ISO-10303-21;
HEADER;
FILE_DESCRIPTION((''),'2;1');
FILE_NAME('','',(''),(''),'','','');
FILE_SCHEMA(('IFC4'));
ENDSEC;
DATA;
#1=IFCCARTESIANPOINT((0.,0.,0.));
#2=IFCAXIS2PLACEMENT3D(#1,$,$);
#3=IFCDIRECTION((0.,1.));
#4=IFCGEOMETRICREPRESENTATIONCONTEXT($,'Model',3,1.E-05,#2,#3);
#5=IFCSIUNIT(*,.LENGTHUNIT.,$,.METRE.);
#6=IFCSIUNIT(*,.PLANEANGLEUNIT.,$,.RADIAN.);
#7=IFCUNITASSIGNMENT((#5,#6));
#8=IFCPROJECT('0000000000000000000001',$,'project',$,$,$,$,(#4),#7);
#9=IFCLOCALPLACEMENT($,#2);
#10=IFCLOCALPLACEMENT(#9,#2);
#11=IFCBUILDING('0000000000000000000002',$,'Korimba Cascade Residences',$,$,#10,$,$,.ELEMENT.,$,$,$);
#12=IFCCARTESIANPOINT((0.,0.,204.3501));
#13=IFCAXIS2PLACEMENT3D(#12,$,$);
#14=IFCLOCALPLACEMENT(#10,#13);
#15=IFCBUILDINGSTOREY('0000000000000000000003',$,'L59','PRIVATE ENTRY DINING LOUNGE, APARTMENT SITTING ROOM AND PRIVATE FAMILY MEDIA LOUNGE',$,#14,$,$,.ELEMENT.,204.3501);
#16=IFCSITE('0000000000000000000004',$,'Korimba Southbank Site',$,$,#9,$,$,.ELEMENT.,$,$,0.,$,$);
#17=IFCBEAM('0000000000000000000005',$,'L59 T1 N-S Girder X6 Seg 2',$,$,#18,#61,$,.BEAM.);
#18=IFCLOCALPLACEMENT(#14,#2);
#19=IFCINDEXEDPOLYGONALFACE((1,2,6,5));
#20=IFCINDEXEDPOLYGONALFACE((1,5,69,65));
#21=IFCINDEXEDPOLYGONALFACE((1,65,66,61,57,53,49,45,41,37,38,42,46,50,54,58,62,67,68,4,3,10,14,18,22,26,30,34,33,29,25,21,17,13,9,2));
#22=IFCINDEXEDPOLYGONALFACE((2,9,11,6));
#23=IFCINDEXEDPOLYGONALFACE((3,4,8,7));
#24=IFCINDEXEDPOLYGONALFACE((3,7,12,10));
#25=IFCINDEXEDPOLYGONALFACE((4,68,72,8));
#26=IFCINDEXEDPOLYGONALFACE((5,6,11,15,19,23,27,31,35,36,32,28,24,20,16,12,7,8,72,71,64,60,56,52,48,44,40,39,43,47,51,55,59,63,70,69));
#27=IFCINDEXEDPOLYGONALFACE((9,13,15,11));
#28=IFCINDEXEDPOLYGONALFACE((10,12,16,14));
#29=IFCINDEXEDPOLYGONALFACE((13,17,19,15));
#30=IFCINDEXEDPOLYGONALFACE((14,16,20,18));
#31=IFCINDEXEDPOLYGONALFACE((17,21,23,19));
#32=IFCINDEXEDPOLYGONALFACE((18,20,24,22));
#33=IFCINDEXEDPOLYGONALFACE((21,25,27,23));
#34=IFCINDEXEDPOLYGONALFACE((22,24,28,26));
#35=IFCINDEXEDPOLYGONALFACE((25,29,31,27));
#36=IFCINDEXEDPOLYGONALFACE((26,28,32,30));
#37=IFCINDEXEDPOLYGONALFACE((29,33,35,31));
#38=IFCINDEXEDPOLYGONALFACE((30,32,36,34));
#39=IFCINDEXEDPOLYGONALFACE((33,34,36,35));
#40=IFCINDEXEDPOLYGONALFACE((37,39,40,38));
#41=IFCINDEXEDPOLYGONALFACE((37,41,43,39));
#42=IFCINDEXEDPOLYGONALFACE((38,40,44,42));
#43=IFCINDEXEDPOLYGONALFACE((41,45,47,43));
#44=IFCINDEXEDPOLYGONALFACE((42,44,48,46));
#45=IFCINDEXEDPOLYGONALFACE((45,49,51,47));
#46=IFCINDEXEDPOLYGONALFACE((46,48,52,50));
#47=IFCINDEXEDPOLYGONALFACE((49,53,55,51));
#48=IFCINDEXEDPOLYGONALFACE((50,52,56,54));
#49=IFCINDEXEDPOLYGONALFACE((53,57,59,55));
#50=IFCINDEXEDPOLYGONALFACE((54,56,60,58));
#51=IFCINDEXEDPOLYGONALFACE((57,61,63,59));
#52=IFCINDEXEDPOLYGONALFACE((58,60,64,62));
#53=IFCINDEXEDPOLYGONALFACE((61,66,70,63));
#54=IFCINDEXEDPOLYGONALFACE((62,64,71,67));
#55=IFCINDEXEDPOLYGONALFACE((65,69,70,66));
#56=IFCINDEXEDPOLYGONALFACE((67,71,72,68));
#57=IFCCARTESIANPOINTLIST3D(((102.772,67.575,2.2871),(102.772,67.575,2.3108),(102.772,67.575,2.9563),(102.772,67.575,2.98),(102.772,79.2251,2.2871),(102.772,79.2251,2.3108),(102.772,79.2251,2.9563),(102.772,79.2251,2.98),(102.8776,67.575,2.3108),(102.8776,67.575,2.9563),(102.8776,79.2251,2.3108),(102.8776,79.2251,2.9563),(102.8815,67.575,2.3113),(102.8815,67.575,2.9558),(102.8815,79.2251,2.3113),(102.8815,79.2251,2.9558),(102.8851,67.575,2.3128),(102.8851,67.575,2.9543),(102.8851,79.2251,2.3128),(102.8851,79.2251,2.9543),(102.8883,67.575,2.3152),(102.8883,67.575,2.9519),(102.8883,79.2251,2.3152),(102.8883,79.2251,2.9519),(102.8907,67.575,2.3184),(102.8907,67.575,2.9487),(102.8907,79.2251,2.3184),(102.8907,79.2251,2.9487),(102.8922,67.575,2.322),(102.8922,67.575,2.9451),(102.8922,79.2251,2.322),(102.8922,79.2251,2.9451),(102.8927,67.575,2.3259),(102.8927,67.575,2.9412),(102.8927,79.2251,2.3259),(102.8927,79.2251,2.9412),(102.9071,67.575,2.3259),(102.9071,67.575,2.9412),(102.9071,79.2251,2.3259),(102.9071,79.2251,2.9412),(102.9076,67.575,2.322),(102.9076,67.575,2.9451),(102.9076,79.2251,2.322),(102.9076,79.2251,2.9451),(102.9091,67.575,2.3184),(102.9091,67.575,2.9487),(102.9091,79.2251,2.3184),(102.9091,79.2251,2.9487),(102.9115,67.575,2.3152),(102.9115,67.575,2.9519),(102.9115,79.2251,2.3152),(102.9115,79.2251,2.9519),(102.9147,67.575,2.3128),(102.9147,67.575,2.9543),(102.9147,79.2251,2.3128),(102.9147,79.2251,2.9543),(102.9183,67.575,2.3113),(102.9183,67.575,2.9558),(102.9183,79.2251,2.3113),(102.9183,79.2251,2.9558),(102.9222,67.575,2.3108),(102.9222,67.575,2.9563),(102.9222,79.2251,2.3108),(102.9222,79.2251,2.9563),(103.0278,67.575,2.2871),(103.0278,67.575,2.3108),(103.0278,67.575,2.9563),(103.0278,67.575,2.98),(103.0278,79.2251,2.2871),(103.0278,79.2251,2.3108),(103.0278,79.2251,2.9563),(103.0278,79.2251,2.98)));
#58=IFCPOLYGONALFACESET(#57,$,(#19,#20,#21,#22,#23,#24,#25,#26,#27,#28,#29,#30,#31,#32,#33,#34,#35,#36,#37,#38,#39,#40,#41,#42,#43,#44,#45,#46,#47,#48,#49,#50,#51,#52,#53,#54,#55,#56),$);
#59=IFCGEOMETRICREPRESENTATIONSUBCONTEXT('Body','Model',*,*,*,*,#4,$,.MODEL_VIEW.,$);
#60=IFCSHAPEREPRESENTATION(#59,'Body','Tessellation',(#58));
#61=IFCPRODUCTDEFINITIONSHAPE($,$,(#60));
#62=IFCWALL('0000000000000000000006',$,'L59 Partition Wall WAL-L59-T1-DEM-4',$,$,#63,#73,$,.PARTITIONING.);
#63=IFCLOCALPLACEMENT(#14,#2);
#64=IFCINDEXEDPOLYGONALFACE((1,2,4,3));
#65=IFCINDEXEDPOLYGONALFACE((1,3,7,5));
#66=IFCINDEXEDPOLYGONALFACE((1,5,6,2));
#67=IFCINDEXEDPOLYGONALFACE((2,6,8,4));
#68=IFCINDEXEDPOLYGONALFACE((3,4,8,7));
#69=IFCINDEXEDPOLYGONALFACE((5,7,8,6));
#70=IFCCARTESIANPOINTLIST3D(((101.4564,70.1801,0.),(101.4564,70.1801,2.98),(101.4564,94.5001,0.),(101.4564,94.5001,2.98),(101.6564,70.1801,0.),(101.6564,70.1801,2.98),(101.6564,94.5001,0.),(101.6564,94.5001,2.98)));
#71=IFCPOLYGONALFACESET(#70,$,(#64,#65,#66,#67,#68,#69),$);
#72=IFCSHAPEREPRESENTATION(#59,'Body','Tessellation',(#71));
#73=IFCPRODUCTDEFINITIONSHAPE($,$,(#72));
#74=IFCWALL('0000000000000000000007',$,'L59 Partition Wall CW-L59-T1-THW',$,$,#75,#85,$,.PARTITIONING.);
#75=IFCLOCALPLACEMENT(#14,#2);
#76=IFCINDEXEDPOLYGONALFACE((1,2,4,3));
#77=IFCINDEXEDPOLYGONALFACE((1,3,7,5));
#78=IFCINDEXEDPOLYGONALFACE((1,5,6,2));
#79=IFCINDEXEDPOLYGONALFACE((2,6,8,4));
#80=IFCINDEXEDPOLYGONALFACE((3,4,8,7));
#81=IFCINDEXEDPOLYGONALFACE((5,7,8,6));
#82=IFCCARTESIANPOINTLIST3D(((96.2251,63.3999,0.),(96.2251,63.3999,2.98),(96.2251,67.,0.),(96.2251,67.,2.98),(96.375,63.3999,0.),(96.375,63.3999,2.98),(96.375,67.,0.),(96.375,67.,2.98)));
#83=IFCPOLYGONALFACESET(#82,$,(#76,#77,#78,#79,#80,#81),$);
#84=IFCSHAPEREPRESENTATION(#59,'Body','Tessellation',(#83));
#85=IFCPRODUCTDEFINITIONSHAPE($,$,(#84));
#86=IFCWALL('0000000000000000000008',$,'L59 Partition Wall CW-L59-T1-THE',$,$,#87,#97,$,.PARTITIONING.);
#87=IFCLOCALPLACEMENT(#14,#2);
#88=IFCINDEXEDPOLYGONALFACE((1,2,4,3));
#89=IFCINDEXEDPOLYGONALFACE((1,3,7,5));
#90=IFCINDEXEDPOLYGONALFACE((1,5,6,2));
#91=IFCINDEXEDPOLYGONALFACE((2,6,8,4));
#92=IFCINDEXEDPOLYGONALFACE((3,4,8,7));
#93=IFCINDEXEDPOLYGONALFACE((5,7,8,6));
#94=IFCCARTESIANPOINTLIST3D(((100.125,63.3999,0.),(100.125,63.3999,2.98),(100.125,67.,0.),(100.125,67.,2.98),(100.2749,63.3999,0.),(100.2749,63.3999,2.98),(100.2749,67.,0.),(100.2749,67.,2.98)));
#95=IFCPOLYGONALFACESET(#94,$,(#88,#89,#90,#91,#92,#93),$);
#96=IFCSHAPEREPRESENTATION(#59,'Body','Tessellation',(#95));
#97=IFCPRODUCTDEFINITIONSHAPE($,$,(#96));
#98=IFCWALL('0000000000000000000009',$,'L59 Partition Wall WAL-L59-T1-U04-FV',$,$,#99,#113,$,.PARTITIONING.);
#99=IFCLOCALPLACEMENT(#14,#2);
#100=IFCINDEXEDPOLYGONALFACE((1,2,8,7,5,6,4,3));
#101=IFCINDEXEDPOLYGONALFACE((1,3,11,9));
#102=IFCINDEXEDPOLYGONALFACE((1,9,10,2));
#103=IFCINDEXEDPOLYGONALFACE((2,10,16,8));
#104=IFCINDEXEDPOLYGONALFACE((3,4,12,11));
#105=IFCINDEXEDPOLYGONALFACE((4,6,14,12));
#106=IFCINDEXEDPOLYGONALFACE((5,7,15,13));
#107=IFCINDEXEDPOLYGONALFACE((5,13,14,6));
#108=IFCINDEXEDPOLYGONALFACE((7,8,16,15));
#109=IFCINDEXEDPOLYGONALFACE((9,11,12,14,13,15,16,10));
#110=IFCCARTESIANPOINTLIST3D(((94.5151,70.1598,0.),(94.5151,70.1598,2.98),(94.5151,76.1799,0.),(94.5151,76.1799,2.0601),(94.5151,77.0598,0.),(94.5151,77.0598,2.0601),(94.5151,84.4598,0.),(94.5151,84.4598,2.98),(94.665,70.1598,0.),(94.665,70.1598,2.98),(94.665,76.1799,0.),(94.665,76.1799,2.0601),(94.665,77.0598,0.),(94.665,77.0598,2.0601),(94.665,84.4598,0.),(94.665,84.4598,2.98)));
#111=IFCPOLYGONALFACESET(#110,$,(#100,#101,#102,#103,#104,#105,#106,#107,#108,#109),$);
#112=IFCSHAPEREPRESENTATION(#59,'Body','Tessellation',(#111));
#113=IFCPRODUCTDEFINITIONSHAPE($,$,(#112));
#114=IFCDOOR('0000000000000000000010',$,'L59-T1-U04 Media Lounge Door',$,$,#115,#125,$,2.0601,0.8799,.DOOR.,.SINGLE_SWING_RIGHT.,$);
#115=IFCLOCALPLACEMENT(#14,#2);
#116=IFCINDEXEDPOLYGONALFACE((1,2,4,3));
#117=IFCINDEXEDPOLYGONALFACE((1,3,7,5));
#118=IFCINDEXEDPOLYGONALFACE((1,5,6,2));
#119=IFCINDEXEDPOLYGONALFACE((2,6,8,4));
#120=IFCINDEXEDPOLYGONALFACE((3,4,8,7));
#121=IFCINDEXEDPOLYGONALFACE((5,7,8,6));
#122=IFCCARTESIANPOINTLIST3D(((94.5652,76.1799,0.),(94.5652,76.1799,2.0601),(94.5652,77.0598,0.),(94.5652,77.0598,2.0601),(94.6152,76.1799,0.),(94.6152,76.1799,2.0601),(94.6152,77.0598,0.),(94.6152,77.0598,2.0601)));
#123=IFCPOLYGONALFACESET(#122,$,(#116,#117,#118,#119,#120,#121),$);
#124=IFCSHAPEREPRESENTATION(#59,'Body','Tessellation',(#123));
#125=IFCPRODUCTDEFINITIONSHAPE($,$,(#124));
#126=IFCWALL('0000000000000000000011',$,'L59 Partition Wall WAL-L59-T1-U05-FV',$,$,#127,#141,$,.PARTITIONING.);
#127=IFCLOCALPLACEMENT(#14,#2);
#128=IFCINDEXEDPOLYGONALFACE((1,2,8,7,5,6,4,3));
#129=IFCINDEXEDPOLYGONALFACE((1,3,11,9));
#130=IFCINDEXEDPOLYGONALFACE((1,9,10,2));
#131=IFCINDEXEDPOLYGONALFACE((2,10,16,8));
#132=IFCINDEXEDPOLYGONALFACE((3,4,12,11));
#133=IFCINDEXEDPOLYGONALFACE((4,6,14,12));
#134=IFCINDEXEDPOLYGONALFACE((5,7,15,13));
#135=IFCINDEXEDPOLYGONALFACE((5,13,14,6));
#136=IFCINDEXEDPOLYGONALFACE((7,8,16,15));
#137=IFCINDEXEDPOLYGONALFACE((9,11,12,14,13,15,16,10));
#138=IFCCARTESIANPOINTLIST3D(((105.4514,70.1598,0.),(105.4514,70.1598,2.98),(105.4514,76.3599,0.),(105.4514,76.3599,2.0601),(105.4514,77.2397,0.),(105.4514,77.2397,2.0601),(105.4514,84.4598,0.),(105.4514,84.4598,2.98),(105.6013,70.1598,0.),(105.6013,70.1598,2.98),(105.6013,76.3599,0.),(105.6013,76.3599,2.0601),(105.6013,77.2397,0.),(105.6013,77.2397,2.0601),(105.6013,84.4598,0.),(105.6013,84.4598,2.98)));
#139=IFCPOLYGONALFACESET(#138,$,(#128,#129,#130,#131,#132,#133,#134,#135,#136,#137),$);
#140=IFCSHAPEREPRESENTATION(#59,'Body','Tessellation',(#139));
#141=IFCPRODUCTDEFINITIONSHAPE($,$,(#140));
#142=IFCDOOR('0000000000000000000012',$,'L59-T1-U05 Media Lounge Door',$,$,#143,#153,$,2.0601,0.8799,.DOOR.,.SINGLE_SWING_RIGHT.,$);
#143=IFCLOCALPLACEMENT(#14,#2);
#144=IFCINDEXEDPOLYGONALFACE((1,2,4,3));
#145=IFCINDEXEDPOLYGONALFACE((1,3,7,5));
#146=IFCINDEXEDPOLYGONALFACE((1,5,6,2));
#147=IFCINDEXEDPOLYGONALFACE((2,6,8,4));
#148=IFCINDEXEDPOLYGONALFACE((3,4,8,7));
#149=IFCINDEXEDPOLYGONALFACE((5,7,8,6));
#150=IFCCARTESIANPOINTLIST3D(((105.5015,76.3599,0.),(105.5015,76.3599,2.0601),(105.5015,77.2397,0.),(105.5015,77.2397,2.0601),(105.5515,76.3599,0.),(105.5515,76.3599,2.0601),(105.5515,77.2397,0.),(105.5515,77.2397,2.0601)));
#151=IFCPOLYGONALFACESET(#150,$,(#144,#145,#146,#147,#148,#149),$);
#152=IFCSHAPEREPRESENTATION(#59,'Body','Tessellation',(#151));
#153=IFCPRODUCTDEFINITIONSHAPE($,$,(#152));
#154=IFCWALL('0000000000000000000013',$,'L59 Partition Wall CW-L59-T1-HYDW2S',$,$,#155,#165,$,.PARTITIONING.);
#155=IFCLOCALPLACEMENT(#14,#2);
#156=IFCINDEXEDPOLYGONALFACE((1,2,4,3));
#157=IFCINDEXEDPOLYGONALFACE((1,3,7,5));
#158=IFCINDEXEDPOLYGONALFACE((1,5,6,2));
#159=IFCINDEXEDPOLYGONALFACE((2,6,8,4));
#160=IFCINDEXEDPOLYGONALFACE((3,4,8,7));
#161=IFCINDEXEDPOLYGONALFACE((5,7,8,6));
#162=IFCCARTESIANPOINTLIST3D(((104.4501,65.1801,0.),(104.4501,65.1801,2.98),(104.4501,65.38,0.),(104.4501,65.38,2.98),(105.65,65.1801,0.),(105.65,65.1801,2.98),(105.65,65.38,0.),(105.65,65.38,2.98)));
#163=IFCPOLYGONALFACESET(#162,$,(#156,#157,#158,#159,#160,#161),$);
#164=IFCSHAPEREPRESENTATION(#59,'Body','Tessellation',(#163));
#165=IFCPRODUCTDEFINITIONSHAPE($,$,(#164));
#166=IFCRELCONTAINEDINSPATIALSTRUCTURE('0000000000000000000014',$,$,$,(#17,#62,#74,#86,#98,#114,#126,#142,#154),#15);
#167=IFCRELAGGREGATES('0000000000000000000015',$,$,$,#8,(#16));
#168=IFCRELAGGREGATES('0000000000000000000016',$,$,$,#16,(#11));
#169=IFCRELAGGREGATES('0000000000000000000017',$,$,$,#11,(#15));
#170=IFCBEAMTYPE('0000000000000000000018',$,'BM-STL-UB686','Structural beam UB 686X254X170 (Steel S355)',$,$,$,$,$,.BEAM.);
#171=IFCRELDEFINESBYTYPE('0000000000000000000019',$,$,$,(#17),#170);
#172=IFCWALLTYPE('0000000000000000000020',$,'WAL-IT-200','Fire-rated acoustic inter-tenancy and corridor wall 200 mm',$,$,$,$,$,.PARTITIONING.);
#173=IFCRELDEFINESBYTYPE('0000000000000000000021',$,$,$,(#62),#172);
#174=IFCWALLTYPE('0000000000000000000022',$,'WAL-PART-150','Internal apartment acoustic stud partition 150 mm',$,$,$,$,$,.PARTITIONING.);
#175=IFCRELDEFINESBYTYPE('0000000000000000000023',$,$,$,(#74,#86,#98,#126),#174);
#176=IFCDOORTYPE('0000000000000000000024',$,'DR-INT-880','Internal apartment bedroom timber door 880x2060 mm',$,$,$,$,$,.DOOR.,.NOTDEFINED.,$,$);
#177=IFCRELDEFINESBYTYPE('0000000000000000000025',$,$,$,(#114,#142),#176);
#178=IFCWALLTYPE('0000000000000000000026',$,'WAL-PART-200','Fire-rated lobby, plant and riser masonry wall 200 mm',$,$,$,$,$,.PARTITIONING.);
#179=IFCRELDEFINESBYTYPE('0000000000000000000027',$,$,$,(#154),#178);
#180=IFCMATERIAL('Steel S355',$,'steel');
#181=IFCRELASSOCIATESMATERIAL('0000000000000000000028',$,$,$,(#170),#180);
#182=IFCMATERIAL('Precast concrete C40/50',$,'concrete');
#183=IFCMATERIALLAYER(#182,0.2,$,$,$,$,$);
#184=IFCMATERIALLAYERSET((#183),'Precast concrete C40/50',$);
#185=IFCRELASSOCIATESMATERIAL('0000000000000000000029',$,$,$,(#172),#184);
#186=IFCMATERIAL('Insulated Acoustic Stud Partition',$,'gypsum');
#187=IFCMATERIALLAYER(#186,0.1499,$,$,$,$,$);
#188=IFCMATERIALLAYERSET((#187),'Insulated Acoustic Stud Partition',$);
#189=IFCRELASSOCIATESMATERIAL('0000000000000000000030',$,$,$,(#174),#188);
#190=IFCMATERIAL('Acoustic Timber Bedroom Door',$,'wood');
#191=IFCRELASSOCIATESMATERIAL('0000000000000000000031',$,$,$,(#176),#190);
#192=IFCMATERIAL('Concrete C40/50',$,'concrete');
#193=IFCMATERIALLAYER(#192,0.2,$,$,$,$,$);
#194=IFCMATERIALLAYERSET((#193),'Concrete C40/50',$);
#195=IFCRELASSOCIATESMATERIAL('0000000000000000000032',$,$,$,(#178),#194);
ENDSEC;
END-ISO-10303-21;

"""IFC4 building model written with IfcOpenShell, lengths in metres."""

from ifc_helpers import new_model, si_unit, direction, frame, frame_2d, origin, origin_2d, place, context, subcontext, project, spatial, rectangle, i_section, extrude, material, layer, layer_set, material_profile, profile_set, type_object, element, fill, save


model = new_model("IFC4")

# Units and contexts
model_context = context("Model", 3, precision=1e-05, world=origin(), true_north=direction((0.0, 1.0)))
body_context = subcontext(model_context, "Body", "Model", "MODEL_VIEW")
ifc_project = project(units=[si_unit("LENGTHUNIT", "METRE"), si_unit("PLANEANGLEUNIT", "RADIAN")], contexts=[model_context])

# Site, building, storey
site_placement = place(None, origin())
site = spatial("IfcSite", under=ifc_project, at=site_placement, Name="Korimba Southbank Site", CompositionType="ELEMENT", RefElevation=0.0)
building_placement = place(site_placement, origin())
building = spatial("IfcBuilding", under=site, at=building_placement, Name="Korimba Cascade Residences", CompositionType="ELEMENT")
storey_placement = place(building_placement, frame((0.0, 0.0, 204.3501)))
storey = spatial("IfcBuildingStorey", under=building, at=storey_placement, Name="L59", Description="PRIVATE ENTRY DINING LOUNGE, APARTMENT SITTING ROOM AND PRIVATE FAMILY MEDIA LOUNGE", CompositionType="ELEMENT", Elevation=204.3501)

# Beam
ifc_material_1 = material(Name="Steel S355", Category="steel")
ifc_material_profile_1 = material_profile(ifc_material_1, i_section(OverallWidth=0.2559, OverallDepth=0.6929, WebThickness=0.0144, FlangeThickness=0.0237, FilletRadius=0.0151, at=origin_2d()), Name="Steel S355")
ifc_profile_set_1 = profile_set([ifc_material_profile_1], Name="Steel S355")
beam_type = type_object("IfcBeamType", Name="BM-STL-UB686", Description="Structural beam UB 686X254X170 (Steel S355)", PredefinedType="BEAM", material=ifc_profile_set_1)
beam_1_placement = place(storey_placement, frame((102.8999, 67.575, 2.6335), z_axis=(0.0, 1.0, 0.0), x_axis=(-1.0, 0.0, 0.0)))
element("IfcBeam", 1, at=beam_1_placement, inside=storey, type_object=beam_type, Name="L59 T1 N-S Girder X6 Seg 2", PredefinedType="BEAM", context=body_context, shape_type="SweptSolid", body=[
    extrude(i_section(OverallWidth=0.2559, OverallDepth=0.6929, WebThickness=0.0144, FlangeThickness=0.0237, FilletRadius=0.0151, at=origin_2d()), origin(), (0.0, 0.0, 1.0), 11.6501),
])

# Walls
ifc_material_2 = material(Name="Precast concrete C40/50", Category="concrete")
ifc_layer_1 = layer(ifc_material_2, 0.2)
ifc_layer_set_1 = layer_set([ifc_layer_1], Name="Precast concrete C40/50")
wall_type_1 = type_object("IfcWallType", Name="WAL-IT-200", Description="Fire-rated acoustic inter-tenancy and corridor wall 200 mm", PredefinedType="PARTITIONING", material=ifc_layer_set_1)
wall_1_placement = place(storey_placement, frame((101.5564, 70.1799, 0.0), z_axis=(0.0, 0.0, 1.0), x_axis=(0.0, 1.0, 0.0)))
element("IfcWall", 2, at=wall_1_placement, inside=storey, type_object=wall_type_1, Name="L59 Partition Wall WAL-L59-T1-DEM-4", PredefinedType="PARTITIONING", context=body_context, shape_type="SweptSolid", body=[
    extrude(rectangle(XDim=24.3201, YDim=0.2, at=frame_2d((12.1602, 0.0))), origin(), (0.0, 0.0, 1.0), 2.98),
])
ifc_material_3 = material(Name="Insulated Acoustic Stud Partition", Category="gypsum")
ifc_layer_2 = layer(ifc_material_3, 0.1499)
ifc_layer_set_2 = layer_set([ifc_layer_2], Name="Insulated Acoustic Stud Partition")
wall_type_2 = type_object("IfcWallType", Name="WAL-PART-150", Description="Internal apartment acoustic stud partition 150 mm", PredefinedType="PARTITIONING", material=ifc_layer_set_2)
for number, where, z_axis, x_axis, name in (
    (3, (96.3, 63.3999, 0.0), (0.0, 0.0, 1.0), (0.0, 1.0, 0.0), "L59 Partition Wall CW-L59-T1-THW"),
    (4, (100.2, 63.3999, 0.0), (0.0, 0.0, 1.0), (0.0, 1.0, 0.0), "L59 Partition Wall CW-L59-T1-THE"),
):
    element("IfcWall", number, at=place(storey_placement, frame(where, z_axis=z_axis, x_axis=x_axis)), inside=storey, type_object=wall_type_2, Name=name, PredefinedType="PARTITIONING", context=body_context, shape_type="SweptSolid", body=[
        extrude(rectangle(XDim=3.6001, YDim=0.1499, at=frame_2d((1.8, 0.0))), origin(), (0.0, 0.0, 1.0), 2.98),
    ])

# Walls, openings, doors
wall_2_placement = place(storey_placement, frame((94.5901, 70.1599, 0.0), z_axis=(0.0, 0.0, 1.0), x_axis=(0.0, 1.0, 0.0)))
wall_2 = element("IfcWall", 5, at=wall_2_placement, inside=storey, type_object=wall_type_2, Name="L59 Partition Wall WAL-L59-T1-U04-FV", PredefinedType="PARTITIONING", context=body_context, shape_type="SweptSolid", body=[
    extrude(rectangle(XDim=14.3, YDim=0.1499, at=frame_2d((7.1499, 0.0))), origin(), (0.0, 0.0, 1.0), 2.98),
])
opening_1_placement = place(wall_2_placement, frame((6.02, 0.0, 0.0)))
opening_1 = element("IfcOpeningElement", 6, at=opening_1_placement, cuts=wall_2, PredefinedType="OPENING", context=body_context, shape_type="SweptSolid", body=[
    extrude(rectangle(XDim=0.8799, YDim=2.0601, at=frame_2d((0.4399, 1.03))), frame((0.0, 0.085, 0.0), z_axis=(0.0, -1.0, 0.0), x_axis=(1.0, 0.0, 0.0)), (0.0, 0.0, 1.0), 0.1699),
])
ifc_material_4 = material(Name="Acoustic Timber Bedroom Door", Category="wood")
door_type_1 = type_object("IfcDoorType", Name="DR-INT-880", Description="Internal apartment bedroom timber door 880x2060 mm", OperationType="NOTDEFINED", PredefinedType="DOOR", material=ifc_material_4)
door_1_placement = place(opening_1_placement, origin())
door_1 = element("IfcDoor", 7, at=door_1_placement, inside=storey, type_object=door_type_1, Name="L59-T1-U04 Media Lounge Door", OperationType="SINGLE_SWING_RIGHT", OverallHeight=2.0601, OverallWidth=0.8799, PredefinedType="DOOR", context=body_context, shape_type="SweptSolid", body=[
    extrude(rectangle(XDim=0.8799, YDim=2.0601, at=frame_2d((0.4399, 1.03))), frame((0.0, 0.0249, 0.0), z_axis=(0.0, -1.0, 0.0), x_axis=(1.0, 0.0, 0.0)), (0.0, 0.0, 1.0), 0.05),
])
fill(opening_1, door_1)
wall_3_placement = place(storey_placement, frame((105.5264, 70.1599, 0.0), z_axis=(0.0, 0.0, 1.0), x_axis=(0.0, 1.0, 0.0)))
wall_3 = element("IfcWall", 8, at=wall_3_placement, inside=storey, type_object=wall_type_2, Name="L59 Partition Wall WAL-L59-T1-U05-FV", PredefinedType="PARTITIONING", context=body_context, shape_type="SweptSolid", body=[
    extrude(rectangle(XDim=14.3, YDim=0.1499, at=frame_2d((7.1499, 0.0))), origin(), (0.0, 0.0, 1.0), 2.98),
])
opening_2_placement = place(wall_3_placement, frame((6.2, 0.0, 0.0)))
opening_2 = element("IfcOpeningElement", 9, at=opening_2_placement, cuts=wall_3, PredefinedType="OPENING", context=body_context, shape_type="SweptSolid", body=[
    extrude(rectangle(XDim=0.8799, YDim=2.0601, at=frame_2d((0.4399, 1.03))), frame((0.0, 0.085, 0.0), z_axis=(0.0, -1.0, 0.0), x_axis=(1.0, 0.0, 0.0)), (0.0, 0.0, 1.0), 0.1699),
])
door_2_placement = place(opening_2_placement, origin())
door_2 = element("IfcDoor", 10, at=door_2_placement, inside=storey, type_object=door_type_1, Name="L59-T1-U05 Media Lounge Door", OperationType="SINGLE_SWING_RIGHT", OverallHeight=2.0601, OverallWidth=0.8799, PredefinedType="DOOR", context=body_context, shape_type="SweptSolid", body=[
    extrude(rectangle(XDim=0.8799, YDim=2.0601, at=frame_2d((0.4399, 1.03))), frame((0.0, 0.0249, 0.0), z_axis=(0.0, -1.0, 0.0), x_axis=(1.0, 0.0, 0.0)), (0.0, 0.0, 1.0), 0.05),
])
fill(opening_2, door_2)

# Wall
ifc_material_5 = material(Name="Concrete C40/50", Category="concrete")
ifc_layer_3 = layer(ifc_material_5, 0.2)
ifc_layer_set_3 = layer_set([ifc_layer_3], Name="Concrete C40/50")
wall_type_3 = type_object("IfcWallType", Name="WAL-PART-200", Description="Fire-rated lobby, plant and riser masonry wall 200 mm", PredefinedType="PARTITIONING", material=ifc_layer_set_3)
wall_4_placement = place(storey_placement, frame((104.45, 65.28, 0.0), z_axis=(0.0, 0.0, 1.0), x_axis=(1.0, 0.0, 0.0)))
element("IfcWall", 11, at=wall_4_placement, inside=storey, type_object=wall_type_3, Name="L59 Partition Wall CW-L59-T1-HYDW2S", PredefinedType="PARTITIONING", context=body_context, shape_type="SweptSolid", body=[
    extrude(rectangle(XDim=1.2, YDim=0.2, at=frame_2d((0.6001, 0.0))), origin(), (0.0, 0.0, 1.0), 2.98),
])

save(model, "model.ifc")
